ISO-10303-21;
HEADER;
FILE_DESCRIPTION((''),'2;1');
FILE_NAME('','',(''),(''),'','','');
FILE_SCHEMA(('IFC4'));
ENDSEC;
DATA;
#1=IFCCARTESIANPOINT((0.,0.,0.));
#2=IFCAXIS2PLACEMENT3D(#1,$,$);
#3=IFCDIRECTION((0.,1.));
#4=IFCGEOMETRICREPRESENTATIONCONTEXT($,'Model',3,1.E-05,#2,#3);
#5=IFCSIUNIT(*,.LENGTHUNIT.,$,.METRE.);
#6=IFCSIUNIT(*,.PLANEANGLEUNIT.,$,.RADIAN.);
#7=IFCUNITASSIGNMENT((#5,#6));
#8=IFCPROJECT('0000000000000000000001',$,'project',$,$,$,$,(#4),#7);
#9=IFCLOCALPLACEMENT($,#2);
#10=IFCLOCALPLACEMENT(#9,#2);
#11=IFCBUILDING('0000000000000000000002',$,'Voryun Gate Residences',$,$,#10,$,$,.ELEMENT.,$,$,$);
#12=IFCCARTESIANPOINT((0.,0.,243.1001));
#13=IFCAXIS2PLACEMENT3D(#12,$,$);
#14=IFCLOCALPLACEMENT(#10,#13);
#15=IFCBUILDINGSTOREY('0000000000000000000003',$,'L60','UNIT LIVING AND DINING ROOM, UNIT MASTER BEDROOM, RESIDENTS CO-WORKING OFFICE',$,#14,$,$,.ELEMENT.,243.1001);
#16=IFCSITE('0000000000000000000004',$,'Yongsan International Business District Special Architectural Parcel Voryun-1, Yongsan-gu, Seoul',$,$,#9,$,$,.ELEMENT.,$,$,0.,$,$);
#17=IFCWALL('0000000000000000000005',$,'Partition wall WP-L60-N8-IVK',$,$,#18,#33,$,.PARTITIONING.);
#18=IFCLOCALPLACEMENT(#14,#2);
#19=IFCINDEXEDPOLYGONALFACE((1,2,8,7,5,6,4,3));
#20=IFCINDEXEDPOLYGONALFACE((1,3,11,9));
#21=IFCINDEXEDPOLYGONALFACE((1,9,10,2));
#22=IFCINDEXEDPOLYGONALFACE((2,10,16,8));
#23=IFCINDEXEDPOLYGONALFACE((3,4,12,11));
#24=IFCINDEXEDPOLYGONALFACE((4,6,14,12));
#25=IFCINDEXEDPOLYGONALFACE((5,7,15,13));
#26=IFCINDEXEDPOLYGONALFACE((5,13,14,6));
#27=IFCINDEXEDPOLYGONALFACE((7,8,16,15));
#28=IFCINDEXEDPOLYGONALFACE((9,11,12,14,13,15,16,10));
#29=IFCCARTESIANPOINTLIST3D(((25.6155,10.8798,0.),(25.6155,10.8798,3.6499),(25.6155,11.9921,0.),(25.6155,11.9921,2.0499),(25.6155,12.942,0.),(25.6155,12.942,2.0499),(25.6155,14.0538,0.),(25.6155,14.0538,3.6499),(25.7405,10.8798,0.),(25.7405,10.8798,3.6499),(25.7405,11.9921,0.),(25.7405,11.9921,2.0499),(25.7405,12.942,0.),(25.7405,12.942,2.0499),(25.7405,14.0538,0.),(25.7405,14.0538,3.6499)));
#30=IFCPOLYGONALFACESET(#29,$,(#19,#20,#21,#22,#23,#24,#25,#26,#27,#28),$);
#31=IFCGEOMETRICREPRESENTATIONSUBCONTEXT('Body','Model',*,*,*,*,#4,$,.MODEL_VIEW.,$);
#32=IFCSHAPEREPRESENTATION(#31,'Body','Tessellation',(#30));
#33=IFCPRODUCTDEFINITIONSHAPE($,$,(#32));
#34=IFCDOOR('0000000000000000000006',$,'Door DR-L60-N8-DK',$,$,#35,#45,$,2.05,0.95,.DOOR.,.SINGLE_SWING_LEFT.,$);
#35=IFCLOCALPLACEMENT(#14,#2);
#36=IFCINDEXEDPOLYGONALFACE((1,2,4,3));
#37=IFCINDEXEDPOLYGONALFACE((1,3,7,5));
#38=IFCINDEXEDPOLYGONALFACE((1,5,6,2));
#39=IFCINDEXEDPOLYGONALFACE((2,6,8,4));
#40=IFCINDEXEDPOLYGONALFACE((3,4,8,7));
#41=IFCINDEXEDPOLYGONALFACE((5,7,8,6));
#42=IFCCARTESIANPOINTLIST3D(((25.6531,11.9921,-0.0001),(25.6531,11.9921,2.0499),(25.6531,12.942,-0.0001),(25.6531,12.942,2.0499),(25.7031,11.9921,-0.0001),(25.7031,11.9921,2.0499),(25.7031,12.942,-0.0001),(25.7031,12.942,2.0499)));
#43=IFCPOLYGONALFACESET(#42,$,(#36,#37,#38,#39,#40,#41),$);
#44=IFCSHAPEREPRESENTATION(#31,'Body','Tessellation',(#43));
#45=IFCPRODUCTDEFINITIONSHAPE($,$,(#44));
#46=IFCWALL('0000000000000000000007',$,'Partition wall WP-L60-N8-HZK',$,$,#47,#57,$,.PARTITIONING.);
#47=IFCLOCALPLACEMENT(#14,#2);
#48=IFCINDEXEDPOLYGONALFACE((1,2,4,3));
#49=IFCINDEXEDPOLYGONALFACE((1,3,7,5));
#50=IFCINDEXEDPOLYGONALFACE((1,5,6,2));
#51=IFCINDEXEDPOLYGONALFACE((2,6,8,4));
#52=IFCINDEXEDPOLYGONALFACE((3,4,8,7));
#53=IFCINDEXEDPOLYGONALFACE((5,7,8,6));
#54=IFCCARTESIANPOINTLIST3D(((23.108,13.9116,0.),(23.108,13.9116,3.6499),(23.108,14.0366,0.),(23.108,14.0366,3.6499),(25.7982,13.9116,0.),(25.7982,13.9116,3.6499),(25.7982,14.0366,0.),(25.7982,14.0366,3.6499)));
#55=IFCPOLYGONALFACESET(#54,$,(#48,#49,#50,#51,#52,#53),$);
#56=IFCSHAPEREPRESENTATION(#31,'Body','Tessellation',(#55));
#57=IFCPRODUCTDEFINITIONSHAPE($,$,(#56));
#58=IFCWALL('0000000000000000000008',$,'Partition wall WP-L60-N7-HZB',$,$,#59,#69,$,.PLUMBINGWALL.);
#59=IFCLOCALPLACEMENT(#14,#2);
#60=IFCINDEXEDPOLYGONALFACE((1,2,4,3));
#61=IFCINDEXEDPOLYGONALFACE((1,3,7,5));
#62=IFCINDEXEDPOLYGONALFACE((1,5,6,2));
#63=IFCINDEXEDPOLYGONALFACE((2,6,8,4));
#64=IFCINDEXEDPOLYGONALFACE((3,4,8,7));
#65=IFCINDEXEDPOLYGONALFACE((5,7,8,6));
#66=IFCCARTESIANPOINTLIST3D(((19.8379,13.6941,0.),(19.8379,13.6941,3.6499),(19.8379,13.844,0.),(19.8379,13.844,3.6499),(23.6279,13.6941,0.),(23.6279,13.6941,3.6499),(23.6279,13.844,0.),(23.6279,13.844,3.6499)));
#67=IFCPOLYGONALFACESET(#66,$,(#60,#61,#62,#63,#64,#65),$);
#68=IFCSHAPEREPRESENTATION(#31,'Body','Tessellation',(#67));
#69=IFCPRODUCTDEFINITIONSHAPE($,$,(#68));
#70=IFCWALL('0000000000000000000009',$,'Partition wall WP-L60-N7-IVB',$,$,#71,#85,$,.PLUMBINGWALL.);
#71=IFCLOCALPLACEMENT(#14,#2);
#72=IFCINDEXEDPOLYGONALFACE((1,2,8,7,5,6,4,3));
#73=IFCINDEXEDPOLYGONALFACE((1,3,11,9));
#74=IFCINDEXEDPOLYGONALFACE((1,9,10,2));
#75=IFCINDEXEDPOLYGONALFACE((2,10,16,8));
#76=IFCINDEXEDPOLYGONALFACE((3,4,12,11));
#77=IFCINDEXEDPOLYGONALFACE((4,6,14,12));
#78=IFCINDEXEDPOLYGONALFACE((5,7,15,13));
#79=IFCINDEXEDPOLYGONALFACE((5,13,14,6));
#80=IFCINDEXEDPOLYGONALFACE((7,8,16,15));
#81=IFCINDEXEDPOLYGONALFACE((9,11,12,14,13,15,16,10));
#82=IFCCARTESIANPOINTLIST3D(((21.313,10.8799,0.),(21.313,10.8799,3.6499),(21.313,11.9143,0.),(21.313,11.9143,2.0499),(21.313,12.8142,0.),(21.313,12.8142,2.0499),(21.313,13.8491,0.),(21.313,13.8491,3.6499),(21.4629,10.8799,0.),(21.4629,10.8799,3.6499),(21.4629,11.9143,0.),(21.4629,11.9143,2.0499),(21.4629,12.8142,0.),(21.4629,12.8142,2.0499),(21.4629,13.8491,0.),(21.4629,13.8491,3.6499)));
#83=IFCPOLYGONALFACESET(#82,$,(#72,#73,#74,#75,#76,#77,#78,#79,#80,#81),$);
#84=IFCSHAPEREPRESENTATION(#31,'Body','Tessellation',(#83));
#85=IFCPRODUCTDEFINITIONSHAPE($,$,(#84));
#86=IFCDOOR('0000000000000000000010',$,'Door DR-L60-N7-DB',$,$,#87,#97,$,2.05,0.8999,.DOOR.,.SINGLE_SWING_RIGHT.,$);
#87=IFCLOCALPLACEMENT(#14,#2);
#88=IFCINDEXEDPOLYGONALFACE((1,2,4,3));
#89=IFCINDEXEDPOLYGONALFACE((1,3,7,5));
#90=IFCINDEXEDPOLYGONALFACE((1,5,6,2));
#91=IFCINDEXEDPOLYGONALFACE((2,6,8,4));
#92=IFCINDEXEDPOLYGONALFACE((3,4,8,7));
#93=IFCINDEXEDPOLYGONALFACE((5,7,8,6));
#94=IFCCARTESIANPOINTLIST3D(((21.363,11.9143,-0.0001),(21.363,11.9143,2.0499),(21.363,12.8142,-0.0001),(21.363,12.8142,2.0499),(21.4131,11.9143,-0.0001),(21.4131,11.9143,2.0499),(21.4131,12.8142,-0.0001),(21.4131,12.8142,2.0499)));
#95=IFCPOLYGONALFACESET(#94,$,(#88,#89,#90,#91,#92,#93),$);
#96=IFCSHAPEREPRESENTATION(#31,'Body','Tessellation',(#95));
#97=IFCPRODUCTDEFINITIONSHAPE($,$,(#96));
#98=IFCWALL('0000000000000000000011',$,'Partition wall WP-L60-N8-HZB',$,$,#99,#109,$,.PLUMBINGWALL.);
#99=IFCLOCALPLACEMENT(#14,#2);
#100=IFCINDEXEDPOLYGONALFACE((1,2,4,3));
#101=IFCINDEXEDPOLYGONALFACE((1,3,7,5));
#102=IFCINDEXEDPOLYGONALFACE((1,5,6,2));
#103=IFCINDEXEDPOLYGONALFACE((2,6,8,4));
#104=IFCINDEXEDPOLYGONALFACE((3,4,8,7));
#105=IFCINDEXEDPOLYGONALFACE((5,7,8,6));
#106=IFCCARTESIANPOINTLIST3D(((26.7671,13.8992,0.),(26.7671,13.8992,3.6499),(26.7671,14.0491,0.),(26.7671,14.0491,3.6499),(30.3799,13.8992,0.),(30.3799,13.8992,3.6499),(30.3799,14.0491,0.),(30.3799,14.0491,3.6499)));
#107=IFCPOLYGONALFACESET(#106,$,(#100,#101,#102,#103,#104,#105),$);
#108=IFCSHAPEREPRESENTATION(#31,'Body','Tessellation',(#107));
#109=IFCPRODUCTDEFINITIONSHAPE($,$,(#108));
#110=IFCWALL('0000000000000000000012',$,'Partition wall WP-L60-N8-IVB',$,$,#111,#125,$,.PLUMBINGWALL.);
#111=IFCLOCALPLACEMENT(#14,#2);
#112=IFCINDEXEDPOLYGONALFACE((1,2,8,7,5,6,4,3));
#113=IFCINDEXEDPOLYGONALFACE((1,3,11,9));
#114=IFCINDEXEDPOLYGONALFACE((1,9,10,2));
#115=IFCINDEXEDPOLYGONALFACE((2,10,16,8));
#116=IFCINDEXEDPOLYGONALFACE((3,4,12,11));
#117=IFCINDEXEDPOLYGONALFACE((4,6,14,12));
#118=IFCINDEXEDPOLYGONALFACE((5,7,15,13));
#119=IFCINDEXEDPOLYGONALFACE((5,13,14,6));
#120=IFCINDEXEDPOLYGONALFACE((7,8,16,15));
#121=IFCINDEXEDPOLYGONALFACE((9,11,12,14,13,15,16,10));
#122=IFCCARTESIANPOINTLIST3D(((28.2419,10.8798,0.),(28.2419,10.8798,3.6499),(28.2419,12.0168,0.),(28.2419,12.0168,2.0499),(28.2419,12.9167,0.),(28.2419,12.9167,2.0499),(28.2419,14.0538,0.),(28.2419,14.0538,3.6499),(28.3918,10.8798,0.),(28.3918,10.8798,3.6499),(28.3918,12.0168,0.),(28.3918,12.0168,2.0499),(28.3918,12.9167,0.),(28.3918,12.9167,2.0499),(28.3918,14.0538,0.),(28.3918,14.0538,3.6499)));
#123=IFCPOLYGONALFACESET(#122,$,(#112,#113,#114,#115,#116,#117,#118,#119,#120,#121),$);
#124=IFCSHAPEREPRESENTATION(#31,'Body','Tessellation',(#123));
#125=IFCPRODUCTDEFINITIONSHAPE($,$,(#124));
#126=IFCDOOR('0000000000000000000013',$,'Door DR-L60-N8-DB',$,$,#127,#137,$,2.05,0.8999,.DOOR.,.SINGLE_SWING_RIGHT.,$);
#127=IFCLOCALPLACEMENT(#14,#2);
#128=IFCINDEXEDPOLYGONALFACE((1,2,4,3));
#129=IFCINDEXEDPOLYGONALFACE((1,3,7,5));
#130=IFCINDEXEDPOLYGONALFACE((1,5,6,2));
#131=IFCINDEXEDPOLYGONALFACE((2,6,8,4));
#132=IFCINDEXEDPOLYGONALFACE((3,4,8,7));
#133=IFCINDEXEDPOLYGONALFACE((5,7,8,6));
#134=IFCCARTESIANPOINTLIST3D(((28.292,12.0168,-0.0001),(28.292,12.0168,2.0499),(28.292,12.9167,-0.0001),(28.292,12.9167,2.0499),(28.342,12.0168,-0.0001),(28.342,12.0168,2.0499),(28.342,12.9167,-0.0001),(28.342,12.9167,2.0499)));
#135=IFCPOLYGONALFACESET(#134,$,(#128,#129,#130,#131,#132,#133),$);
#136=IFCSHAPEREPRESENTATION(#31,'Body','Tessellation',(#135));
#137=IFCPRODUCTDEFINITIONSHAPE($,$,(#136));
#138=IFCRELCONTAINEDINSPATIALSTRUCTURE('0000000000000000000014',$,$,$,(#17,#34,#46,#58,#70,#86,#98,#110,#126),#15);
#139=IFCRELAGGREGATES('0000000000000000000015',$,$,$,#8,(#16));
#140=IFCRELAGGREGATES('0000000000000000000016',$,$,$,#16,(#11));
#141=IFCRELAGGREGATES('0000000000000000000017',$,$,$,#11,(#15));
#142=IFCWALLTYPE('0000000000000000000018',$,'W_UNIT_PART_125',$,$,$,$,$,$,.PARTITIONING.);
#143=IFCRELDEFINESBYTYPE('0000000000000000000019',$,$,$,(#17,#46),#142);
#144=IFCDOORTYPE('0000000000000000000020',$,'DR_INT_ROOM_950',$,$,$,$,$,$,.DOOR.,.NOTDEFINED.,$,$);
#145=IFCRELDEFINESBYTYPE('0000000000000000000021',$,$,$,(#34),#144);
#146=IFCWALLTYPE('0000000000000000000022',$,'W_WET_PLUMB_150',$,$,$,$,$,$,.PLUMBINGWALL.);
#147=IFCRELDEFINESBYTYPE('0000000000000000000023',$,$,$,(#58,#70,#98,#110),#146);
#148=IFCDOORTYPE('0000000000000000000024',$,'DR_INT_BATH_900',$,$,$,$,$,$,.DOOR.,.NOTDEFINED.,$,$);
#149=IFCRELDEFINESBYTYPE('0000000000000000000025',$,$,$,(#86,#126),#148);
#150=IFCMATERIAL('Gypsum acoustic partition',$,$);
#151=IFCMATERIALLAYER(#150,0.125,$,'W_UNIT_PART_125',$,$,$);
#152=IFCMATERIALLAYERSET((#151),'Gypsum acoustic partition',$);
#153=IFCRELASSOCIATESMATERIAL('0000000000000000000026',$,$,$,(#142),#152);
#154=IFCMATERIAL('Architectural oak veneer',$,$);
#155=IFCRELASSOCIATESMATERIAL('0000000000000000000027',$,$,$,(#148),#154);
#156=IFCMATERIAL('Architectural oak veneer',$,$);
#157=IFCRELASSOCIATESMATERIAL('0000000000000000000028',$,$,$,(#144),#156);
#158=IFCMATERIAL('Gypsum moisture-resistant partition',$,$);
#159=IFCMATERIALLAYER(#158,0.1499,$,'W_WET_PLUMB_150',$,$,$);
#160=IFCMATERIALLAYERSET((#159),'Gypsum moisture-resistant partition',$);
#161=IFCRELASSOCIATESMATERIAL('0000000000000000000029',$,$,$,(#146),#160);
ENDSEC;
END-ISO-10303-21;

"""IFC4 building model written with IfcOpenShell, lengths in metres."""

from ifc_helpers import new_model, si_unit, direction, frame, frame_2d, origin, place, context, subcontext, project, spatial, rectangle, extrude, material, layer, layer_set, type_object, element, fill, save


model = new_model("IFC4")

# Units and contexts
model_context = context("Model", 3, precision=1e-05, world=origin(), true_north=direction((0.0, 1.0)))
body_context = subcontext(model_context, "Body", "Model", "MODEL_VIEW")
ifc_project = project(units=[si_unit("LENGTHUNIT", "METRE"), si_unit("PLANEANGLEUNIT", "RADIAN")], contexts=[model_context])

# Site, building, storey
site_placement = place(None, origin())
site = spatial("IfcSite", under=ifc_project, at=site_placement, Name="Yongsan International Business District Special Architectural Parcel Voryun-1, Yongsan-gu, Seoul", CompositionType="ELEMENT", RefElevation=0.0)
building_placement = place(site_placement, origin())
building = spatial("IfcBuilding", under=site, at=building_placement, Name="Voryun Gate Residences", CompositionType="ELEMENT")
storey_placement = place(building_placement, frame((0.0, 0.0, 243.1001)))
storey = spatial("IfcBuildingStorey", under=building, at=storey_placement, Name="L60", Description="UNIT LIVING AND DINING ROOM, UNIT MASTER BEDROOM, RESIDENTS CO-WORKING OFFICE", CompositionType="ELEMENT", Elevation=243.1001)

# Wall, opening, door
ifc_material_1 = material(Name="Gypsum acoustic partition")
ifc_layer_1 = layer(ifc_material_1, 0.125, Name="W_UNIT_PART_125")
ifc_layer_set_1 = layer_set([ifc_layer_1], Name="Gypsum acoustic partition")
wall_type_1 = type_object("IfcWallType", Name="W_UNIT_PART_125", PredefinedType="PARTITIONING", material=ifc_layer_set_1)
ifc_material_2 = material(Name="Architectural oak veneer")
door_type_1 = type_object("IfcDoorType", Name="DR_INT_BATH_900", OperationType="NOTDEFINED", PredefinedType="DOOR", material=ifc_material_2)
ifc_material_3 = material(Name="Architectural oak veneer")
door_type_2 = type_object("IfcDoorType", Name="DR_INT_ROOM_950", OperationType="NOTDEFINED", PredefinedType="DOOR", material=ifc_material_3)
wall_1_placement = place(storey_placement, frame((25.678, 10.8799, 0.0), z_axis=(0.0, 0.0, 1.0), x_axis=(0.0, 1.0, 0.0)))
wall_1 = element("IfcWall", 1, at=wall_1_placement, inside=storey, type_object=wall_type_1, Name="Partition wall WP-L60-N8-IVK", PredefinedType="PARTITIONING", context=body_context, shape_type="SweptSolid", body=[
    extrude(rectangle(XDim=3.1741, YDim=0.125, at=frame_2d((1.5869, 0.0))), origin(), (0.0, 0.0, 1.0), 3.6499),
])
opening_1_placement = place(wall_1_placement, frame((1.1121, 0.0, 0.0)))
opening_1 = element("IfcOpeningElement", 2, at=opening_1_placement, cuts=wall_1, PredefinedType="OPENING", context=body_context, shape_type="SweptSolid", body=[
    extrude(rectangle(XDim=0.95, YDim=2.05, at=frame_2d((0.4751, 1.0249))), frame((0.0, 0.0725, 0.0), z_axis=(0.0, -1.0, 0.0), x_axis=(1.0, 0.0, 0.0)), (0.0, 0.0, 1.0), 0.145),
])
door_1_placement = place(opening_1_placement, origin())
door_1 = element("IfcDoor", 3, at=door_1_placement, inside=storey, type_object=door_type_2, Name="Door DR-L60-N8-DK", OperationType="SINGLE_SWING_LEFT", OverallHeight=2.05, OverallWidth=0.95, PredefinedType="DOOR", context=body_context, shape_type="SweptSolid", body=[
    extrude(rectangle(XDim=0.95, YDim=2.05, at=frame_2d((0.4751, 1.0249))), frame((0.0, 0.0249, 0.0), z_axis=(0.0, -1.0, 0.0), x_axis=(1.0, 0.0, 0.0)), (0.0, 0.0, 1.0), 0.05),
])
fill(opening_1, door_1)

# Walls
wall_2_placement = place(storey_placement, frame((23.1079, 13.9741, 0.0), z_axis=(0.0, 0.0, 1.0), x_axis=(1.0, 0.0, 0.0)))
element("IfcWall", 4, at=wall_2_placement, inside=storey, type_object=wall_type_1, Name="Partition wall WP-L60-N8-HZK", PredefinedType="PARTITIONING", context=body_context, shape_type="SweptSolid", body=[
    extrude(rectangle(XDim=2.6902, YDim=0.125, at=frame_2d((1.3452, 0.0))), origin(), (0.0, 0.0, 1.0), 3.6499),
])
ifc_material_4 = material(Name="Gypsum moisture-resistant partition")
ifc_layer_2 = layer(ifc_material_4, 0.1499, Name="W_WET_PLUMB_150")
ifc_layer_set_2 = layer_set([ifc_layer_2], Name="Gypsum moisture-resistant partition")
wall_type_2 = type_object("IfcWallType", Name="W_WET_PLUMB_150", PredefinedType="PLUMBINGWALL", material=ifc_layer_set_2)
wall_3_placement = place(storey_placement, frame((19.8379, 13.769, 0.0), z_axis=(0.0, 0.0, 1.0), x_axis=(1.0, 0.0, 0.0)))
element("IfcWall", 5, at=wall_3_placement, inside=storey, type_object=wall_type_2, Name="Partition wall WP-L60-N7-HZB", PredefinedType="PLUMBINGWALL", context=body_context, shape_type="SweptSolid", body=[
    extrude(rectangle(XDim=3.79, YDim=0.1499, at=frame_2d((1.895, 0.0))), origin(), (0.0, 0.0, 1.0), 3.6499),
])

# Wall, opening, door
wall_4_placement = place(storey_placement, frame((21.3879, 10.8799, 0.0), z_axis=(0.0, 0.0, 1.0), x_axis=(0.0, 1.0, 0.0)))
wall_4 = element("IfcWall", 6, at=wall_4_placement, inside=storey, type_object=wall_type_2, Name="Partition wall WP-L60-N7-IVB", PredefinedType="PLUMBINGWALL", context=body_context, shape_type="SweptSolid", body=[
    extrude(rectangle(XDim=2.9692, YDim=0.1499, at=frame_2d((1.4846, 0.0))), origin(), (0.0, 0.0, 1.0), 3.6499),
])
opening_2_placement = place(wall_4_placement, frame((1.0344, 0.0, 0.0)))
opening_2 = element("IfcOpeningElement", 7, at=opening_2_placement, cuts=wall_4, PredefinedType="OPENING", context=body_context, shape_type="SweptSolid", body=[
    extrude(rectangle(XDim=0.8999, YDim=2.05, at=frame_2d((0.45, 1.0249))), frame((0.0, 0.085, 0.0), z_axis=(0.0, -1.0, 0.0), x_axis=(1.0, 0.0, 0.0)), (0.0, 0.0, 1.0), 0.1699),
])
door_2_placement = place(opening_2_placement, origin())
door_2 = element("IfcDoor", 8, at=door_2_placement, inside=storey, type_object=door_type_1, Name="Door DR-L60-N7-DB", OperationType="SINGLE_SWING_RIGHT", OverallHeight=2.05, OverallWidth=0.8999, PredefinedType="DOOR", context=body_context, shape_type="SweptSolid", body=[
    extrude(rectangle(XDim=0.8999, YDim=2.05, at=frame_2d((0.45, 1.0249))), frame((0.0, 0.0249, 0.0), z_axis=(0.0, -1.0, 0.0), x_axis=(1.0, 0.0, 0.0)), (0.0, 0.0, 1.0), 0.05),
])
fill(opening_2, door_2)

# Wall
wall_5_placement = place(storey_placement, frame((26.7671, 13.9741, 0.0), z_axis=(0.0, 0.0, 1.0), x_axis=(1.0, 0.0, 0.0)))
element("IfcWall", 9, at=wall_5_placement, inside=storey, type_object=wall_type_2, Name="Partition wall WP-L60-N8-HZB", PredefinedType="PLUMBINGWALL", context=body_context, shape_type="SweptSolid", body=[
    extrude(rectangle(XDim=3.6128, YDim=0.1499, at=frame_2d((1.8064, 0.0))), origin(), (0.0, 0.0, 1.0), 3.6499),
])

# Wall, opening, door
wall_6_placement = place(storey_placement, frame((28.3169, 10.8799, 0.0), z_axis=(0.0, 0.0, 1.0), x_axis=(0.0, 1.0, 0.0)))
wall_6 = element("IfcWall", 10, at=wall_6_placement, inside=storey, type_object=wall_type_2, Name="Partition wall WP-L60-N8-IVB", PredefinedType="PLUMBINGWALL", context=body_context, shape_type="SweptSolid", body=[
    extrude(rectangle(XDim=3.1741, YDim=0.1499, at=frame_2d((1.5869, 0.0))), origin(), (0.0, 0.0, 1.0), 3.6499),
])
opening_3_placement = place(wall_6_placement, frame((1.137, 0.0, 0.0)))
opening_3 = element("IfcOpeningElement", 11, at=opening_3_placement, cuts=wall_6, PredefinedType="OPENING", context=body_context, shape_type="SweptSolid", body=[
    extrude(rectangle(XDim=0.8999, YDim=2.05, at=frame_2d((0.45, 1.0249))), frame((0.0, 0.085, 0.0), z_axis=(0.0, -1.0, 0.0), x_axis=(1.0, 0.0, 0.0)), (0.0, 0.0, 1.0), 0.1699),
])
door_3_placement = place(opening_3_placement, origin())
door_3 = element("IfcDoor", 12, at=door_3_placement, inside=storey, type_object=door_type_1, Name="Door DR-L60-N8-DB", OperationType="SINGLE_SWING_RIGHT", OverallHeight=2.05, OverallWidth=0.8999, PredefinedType="DOOR", context=body_context, shape_type="SweptSolid", body=[
    extrude(rectangle(XDim=0.8999, YDim=2.05, at=frame_2d((0.45, 1.0249))), frame((0.0, 0.0249, 0.0), z_axis=(0.0, -1.0, 0.0), x_axis=(1.0, 0.0, 0.0)), (0.0, 0.0, 1.0), 0.05),
])
fill(opening_3, door_3)

save(model, "model.ifc")
